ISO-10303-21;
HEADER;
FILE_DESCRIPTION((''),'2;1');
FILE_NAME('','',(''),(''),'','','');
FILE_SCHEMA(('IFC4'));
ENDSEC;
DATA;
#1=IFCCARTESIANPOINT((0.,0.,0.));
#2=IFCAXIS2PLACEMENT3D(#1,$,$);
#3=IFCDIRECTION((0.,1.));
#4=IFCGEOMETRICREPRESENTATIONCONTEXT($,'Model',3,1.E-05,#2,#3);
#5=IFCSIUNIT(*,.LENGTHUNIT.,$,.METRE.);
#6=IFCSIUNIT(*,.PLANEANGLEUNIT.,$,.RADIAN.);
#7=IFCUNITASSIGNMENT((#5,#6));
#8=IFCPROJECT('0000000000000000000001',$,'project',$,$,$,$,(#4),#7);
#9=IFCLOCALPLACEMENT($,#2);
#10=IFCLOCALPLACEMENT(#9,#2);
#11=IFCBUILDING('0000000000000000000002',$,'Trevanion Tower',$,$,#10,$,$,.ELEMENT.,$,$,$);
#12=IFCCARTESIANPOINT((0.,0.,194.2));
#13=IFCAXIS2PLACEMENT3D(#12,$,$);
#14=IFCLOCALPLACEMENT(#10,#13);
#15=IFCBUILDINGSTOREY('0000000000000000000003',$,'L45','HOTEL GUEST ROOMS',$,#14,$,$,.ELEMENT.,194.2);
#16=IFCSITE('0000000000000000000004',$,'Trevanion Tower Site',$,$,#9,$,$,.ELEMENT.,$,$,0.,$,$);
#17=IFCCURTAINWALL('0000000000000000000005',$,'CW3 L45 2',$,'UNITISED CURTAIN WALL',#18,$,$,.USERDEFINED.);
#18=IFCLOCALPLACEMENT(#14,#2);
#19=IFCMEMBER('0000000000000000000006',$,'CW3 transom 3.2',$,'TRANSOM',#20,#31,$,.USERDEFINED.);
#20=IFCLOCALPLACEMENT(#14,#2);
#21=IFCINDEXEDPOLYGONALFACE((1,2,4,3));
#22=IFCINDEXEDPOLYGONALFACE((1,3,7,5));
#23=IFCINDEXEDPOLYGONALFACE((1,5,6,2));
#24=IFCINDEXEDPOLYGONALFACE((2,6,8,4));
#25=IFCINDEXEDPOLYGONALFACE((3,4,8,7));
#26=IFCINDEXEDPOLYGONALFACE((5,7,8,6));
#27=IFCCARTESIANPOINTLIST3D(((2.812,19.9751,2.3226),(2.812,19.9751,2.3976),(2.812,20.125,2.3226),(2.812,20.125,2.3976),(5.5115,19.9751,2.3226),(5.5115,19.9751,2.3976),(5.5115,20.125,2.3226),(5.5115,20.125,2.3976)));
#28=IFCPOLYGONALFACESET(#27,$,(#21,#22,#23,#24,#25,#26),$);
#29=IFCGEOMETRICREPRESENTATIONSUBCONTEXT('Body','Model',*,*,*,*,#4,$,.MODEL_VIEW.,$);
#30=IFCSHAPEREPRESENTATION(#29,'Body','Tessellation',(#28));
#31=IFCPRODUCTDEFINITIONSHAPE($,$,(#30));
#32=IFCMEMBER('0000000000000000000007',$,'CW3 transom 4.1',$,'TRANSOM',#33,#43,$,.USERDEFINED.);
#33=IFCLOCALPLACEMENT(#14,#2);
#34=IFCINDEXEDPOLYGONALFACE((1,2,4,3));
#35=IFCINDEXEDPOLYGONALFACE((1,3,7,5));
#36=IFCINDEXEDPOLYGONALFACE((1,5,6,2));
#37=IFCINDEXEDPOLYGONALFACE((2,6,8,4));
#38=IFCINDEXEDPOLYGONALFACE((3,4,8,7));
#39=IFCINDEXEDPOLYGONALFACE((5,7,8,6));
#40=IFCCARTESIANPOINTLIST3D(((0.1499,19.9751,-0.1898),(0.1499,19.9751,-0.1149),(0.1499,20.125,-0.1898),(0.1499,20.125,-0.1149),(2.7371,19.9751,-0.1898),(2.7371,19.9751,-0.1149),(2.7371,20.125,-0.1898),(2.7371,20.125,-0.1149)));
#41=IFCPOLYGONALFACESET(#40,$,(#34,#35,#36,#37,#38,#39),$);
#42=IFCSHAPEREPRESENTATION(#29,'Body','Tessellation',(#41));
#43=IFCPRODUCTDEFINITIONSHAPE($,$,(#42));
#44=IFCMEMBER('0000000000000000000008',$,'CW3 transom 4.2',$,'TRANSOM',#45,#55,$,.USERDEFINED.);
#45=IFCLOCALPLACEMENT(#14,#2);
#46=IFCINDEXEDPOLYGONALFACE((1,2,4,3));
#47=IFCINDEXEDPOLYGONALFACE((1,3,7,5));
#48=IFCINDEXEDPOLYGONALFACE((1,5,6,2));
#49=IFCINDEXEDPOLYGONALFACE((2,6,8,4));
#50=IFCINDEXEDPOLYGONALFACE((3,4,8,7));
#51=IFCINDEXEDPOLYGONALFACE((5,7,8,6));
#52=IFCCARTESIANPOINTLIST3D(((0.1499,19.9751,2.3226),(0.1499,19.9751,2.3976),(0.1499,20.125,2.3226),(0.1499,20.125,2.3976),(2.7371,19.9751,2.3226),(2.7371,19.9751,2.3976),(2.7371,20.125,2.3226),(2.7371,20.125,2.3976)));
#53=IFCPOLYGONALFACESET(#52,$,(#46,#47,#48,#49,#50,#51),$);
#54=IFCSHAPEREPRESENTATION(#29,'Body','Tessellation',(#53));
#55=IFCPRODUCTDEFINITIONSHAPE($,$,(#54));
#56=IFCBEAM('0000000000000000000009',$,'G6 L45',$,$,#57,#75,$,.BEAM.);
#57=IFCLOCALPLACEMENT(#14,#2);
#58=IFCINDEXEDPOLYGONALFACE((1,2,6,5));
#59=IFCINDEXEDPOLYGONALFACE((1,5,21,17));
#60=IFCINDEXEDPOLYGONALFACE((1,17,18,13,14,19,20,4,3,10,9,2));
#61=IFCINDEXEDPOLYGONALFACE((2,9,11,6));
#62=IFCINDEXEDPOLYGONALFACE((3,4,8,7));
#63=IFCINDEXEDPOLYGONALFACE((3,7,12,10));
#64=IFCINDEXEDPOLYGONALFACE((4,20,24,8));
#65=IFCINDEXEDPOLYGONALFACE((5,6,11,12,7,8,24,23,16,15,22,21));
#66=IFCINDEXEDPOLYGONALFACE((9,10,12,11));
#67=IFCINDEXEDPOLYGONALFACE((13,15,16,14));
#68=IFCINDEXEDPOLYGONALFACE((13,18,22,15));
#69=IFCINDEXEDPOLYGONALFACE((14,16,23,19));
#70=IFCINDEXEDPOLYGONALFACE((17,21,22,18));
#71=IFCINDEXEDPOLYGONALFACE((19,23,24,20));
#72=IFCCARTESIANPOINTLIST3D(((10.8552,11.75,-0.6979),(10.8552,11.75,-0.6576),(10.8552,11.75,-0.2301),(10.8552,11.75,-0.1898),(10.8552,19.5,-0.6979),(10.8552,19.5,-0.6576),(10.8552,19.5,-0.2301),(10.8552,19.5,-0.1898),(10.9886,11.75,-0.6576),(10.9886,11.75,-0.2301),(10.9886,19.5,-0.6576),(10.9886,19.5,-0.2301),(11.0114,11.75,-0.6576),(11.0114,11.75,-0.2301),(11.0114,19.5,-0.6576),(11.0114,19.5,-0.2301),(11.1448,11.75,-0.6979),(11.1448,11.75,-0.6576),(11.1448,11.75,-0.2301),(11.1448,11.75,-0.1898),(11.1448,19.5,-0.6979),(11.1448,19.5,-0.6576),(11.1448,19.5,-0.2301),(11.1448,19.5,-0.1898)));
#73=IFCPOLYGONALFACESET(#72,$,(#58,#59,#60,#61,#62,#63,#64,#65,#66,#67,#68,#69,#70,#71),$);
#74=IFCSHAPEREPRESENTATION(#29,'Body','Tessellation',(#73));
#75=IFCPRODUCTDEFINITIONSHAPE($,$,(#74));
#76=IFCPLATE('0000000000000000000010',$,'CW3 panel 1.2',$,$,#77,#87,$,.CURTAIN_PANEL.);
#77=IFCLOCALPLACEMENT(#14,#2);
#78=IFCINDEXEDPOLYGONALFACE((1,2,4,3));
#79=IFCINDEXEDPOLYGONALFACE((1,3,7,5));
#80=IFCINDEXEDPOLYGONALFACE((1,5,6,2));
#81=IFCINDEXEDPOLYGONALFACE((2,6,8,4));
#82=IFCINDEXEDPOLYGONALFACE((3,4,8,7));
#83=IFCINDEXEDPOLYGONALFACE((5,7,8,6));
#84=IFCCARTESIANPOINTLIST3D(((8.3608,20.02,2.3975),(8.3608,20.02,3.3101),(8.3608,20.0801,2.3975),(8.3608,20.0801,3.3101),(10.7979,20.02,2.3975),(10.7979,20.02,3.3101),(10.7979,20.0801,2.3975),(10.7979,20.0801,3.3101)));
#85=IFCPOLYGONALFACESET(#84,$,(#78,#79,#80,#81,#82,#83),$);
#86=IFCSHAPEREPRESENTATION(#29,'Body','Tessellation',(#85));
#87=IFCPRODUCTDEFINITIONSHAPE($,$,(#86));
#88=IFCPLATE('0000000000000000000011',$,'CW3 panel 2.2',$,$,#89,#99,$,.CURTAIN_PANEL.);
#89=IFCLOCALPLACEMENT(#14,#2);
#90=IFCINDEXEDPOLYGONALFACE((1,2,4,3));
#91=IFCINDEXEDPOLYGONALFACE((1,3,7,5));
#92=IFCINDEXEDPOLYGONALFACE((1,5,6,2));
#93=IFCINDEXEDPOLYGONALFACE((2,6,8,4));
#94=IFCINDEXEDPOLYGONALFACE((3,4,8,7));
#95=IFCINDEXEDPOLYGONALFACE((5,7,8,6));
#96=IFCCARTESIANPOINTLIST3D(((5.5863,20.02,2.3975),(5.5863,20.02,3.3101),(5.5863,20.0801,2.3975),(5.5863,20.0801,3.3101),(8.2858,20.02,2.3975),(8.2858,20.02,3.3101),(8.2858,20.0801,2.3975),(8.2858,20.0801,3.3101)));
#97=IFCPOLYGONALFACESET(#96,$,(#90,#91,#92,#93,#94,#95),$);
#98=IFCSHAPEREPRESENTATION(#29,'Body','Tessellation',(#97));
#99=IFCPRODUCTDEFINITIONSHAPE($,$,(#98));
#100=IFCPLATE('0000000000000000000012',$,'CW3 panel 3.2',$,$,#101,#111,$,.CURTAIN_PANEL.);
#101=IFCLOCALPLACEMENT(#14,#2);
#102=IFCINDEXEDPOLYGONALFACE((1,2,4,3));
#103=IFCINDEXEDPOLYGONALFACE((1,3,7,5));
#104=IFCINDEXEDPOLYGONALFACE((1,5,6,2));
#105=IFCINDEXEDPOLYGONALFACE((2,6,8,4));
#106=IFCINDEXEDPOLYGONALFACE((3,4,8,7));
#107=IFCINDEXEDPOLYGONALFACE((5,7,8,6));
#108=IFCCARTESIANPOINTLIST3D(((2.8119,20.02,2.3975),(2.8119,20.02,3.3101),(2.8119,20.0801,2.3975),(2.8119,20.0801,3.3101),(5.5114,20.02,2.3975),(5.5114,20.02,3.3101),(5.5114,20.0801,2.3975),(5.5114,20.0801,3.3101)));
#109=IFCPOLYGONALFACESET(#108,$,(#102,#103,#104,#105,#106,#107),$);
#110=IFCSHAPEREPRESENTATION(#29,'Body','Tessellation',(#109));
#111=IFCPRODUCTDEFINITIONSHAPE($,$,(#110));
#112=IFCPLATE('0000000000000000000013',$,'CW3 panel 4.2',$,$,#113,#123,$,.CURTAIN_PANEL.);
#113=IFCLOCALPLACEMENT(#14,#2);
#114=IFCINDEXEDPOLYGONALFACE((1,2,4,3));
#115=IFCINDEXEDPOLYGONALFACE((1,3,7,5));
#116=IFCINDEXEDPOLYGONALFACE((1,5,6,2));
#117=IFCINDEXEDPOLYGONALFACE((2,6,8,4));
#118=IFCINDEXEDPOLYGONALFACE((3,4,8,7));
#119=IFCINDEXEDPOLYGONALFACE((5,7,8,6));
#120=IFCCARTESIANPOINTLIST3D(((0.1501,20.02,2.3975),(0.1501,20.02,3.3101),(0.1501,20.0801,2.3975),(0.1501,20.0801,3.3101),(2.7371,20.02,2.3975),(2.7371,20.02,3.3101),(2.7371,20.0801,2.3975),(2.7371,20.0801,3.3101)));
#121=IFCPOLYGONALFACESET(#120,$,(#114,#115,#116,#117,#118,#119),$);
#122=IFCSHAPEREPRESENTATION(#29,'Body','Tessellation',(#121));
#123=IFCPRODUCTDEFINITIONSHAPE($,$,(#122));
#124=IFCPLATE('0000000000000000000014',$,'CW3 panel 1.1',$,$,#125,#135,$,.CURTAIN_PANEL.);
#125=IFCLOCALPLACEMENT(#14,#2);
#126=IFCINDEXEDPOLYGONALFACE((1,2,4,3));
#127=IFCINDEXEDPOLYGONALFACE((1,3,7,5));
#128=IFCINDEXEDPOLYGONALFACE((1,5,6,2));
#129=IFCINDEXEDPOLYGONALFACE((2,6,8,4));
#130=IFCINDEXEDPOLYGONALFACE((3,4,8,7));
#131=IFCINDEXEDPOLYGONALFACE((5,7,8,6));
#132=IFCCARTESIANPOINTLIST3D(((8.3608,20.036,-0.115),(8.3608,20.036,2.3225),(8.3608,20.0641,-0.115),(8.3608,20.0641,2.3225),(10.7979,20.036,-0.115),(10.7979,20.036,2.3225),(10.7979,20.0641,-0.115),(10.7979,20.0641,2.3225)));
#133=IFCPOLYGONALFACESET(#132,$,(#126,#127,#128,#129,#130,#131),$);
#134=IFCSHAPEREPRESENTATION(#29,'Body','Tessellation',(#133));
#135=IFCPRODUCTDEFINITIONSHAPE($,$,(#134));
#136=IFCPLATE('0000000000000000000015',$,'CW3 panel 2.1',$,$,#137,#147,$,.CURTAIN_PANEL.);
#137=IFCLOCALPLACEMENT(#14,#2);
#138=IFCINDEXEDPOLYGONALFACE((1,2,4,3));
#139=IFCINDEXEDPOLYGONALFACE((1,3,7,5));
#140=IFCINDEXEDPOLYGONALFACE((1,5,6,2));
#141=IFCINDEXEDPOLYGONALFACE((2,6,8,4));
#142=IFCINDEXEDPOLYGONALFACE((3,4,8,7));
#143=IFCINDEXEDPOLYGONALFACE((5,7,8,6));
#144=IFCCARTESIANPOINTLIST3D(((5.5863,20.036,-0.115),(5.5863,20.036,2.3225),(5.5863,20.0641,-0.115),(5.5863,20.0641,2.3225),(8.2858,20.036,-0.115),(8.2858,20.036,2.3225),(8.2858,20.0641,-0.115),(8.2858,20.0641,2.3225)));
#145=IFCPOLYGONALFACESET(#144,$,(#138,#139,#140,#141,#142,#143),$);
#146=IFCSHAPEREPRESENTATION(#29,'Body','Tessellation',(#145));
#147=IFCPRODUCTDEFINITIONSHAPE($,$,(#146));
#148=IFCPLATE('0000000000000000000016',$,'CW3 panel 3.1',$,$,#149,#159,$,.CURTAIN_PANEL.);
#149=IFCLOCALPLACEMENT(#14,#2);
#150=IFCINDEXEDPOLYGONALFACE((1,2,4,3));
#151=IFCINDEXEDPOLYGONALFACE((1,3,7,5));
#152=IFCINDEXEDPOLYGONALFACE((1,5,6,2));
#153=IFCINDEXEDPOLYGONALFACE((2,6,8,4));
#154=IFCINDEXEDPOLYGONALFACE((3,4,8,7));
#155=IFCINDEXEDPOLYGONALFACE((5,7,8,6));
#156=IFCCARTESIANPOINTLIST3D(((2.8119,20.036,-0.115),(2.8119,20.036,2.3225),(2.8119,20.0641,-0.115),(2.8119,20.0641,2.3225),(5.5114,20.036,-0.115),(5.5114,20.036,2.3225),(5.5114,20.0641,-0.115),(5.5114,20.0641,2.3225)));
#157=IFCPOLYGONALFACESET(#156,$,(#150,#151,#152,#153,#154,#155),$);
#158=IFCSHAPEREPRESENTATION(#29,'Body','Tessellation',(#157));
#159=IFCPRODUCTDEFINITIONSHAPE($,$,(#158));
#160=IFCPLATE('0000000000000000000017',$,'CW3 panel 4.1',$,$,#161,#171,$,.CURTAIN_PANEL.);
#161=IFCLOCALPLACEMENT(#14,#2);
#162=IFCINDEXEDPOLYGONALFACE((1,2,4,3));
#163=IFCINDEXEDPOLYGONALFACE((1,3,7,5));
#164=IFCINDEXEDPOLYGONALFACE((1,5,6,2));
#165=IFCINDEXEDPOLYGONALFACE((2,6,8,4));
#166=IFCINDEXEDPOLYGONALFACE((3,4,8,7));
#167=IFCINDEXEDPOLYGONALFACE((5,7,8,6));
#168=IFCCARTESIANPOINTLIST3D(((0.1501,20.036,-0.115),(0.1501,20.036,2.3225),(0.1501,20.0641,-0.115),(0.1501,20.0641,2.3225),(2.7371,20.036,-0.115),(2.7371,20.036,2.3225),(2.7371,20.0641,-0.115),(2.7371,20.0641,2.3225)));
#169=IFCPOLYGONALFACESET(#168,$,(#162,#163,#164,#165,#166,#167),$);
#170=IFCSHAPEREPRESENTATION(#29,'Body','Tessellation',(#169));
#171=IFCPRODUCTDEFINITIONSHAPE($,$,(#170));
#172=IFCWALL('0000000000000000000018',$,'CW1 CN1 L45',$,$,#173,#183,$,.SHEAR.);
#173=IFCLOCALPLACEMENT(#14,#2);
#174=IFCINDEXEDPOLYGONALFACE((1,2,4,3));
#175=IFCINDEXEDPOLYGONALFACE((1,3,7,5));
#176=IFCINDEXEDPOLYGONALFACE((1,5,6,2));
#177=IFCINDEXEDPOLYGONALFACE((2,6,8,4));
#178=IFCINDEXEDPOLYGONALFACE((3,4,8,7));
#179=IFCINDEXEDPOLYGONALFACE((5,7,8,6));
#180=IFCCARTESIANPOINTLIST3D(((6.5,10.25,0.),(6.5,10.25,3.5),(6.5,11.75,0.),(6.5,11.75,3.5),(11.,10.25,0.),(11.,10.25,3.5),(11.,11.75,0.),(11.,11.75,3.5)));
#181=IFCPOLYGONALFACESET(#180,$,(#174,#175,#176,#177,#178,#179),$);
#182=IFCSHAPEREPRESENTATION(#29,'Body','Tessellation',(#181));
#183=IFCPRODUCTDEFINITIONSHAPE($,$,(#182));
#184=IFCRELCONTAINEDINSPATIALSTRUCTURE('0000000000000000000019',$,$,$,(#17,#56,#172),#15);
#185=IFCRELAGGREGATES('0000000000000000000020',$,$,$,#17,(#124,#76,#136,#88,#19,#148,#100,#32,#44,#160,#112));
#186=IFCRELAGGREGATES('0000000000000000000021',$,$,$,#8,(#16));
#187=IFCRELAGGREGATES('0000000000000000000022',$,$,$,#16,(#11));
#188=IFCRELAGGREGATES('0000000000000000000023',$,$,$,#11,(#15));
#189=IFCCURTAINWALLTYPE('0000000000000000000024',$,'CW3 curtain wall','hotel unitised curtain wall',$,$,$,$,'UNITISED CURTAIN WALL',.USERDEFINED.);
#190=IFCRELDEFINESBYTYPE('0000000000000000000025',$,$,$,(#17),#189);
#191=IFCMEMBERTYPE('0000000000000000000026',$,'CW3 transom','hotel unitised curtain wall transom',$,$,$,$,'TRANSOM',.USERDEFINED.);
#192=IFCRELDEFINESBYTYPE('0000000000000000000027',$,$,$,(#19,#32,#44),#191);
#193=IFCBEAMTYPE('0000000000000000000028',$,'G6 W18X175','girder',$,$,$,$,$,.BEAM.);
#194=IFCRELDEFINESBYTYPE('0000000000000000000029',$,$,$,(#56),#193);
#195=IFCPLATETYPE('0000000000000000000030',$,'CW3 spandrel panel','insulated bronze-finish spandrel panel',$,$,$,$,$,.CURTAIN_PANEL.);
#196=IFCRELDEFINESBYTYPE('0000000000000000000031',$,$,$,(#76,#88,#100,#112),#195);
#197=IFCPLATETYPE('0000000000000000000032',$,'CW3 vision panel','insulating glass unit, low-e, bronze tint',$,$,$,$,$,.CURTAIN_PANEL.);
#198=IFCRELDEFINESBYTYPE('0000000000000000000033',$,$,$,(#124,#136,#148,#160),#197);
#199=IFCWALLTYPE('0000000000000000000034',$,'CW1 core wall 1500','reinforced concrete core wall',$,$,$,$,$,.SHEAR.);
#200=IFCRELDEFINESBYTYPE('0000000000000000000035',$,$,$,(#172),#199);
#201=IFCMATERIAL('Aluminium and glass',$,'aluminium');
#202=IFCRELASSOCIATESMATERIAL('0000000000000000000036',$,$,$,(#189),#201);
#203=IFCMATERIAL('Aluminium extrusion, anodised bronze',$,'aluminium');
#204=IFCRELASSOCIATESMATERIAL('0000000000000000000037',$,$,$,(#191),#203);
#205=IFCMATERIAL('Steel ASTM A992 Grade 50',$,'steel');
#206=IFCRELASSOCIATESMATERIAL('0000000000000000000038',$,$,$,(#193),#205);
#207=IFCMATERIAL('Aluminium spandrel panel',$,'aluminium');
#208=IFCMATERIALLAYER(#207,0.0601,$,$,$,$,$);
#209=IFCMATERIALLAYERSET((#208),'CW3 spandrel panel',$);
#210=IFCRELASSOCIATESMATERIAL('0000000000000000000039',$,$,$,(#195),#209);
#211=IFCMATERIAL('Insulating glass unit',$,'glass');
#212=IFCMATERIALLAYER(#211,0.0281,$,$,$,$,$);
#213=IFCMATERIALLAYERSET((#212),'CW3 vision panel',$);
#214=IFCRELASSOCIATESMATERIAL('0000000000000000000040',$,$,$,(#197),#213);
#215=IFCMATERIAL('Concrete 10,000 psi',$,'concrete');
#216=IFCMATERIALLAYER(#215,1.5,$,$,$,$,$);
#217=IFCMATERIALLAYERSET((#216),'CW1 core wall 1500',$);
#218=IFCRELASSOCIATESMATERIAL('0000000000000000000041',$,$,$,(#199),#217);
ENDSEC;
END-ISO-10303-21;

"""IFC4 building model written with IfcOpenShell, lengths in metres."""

from ifc_helpers import new_model, si_unit, direction, frame, frame_2d, origin, origin_2d, place, context, subcontext, project, spatial, rectangle, i_section, extrude, material, layer, layer_set, material_profile, profile_set, type_object, element, aggregate, save


model = new_model("IFC4")

# Units and contexts
model_context = context("Model", 3, precision=1e-05, world=origin(), true_north=direction((0.0, 1.0)))
body_context = subcontext(model_context, "Body", "Model", "MODEL_VIEW")
ifc_project = project(units=[si_unit("LENGTHUNIT", "METRE"), si_unit("PLANEANGLEUNIT", "RADIAN")], contexts=[model_context])

# Site, building, storey
site_placement = place(None, origin())
site = spatial("IfcSite", under=ifc_project, at=site_placement, Name="Trevanion Tower Site", CompositionType="ELEMENT", RefElevation=0.0)
building_placement = place(site_placement, origin())
building = spatial("IfcBuilding", under=site, at=building_placement, Name="Trevanion Tower", CompositionType="ELEMENT")
storey_placement = place(building_placement, frame((0.0, 0.0, 194.2)))
storey = spatial("IfcBuildingStorey", under=building, at=storey_placement, Name="L45", Description="HOTEL GUEST ROOMS", CompositionType="ELEMENT", Elevation=194.2)

# Curtain wall, members
ifc_material_1 = material(Name="Aluminium and glass", Category="aluminium")
curtain_wall_type = type_object("IfcCurtainWallType", Name="CW3 curtain wall", Description="hotel unitised curtain wall", ElementType="UNITISED CURTAIN WALL", PredefinedType="USERDEFINED", material=ifc_material_1)
curtain_wall_placement = place(storey_placement, origin())
curtain_wall = element("IfcCurtainWall", 1, at=curtain_wall_placement, inside=storey, type_object=curtain_wall_type, Name="CW3 L45 2", ObjectType="UNITISED CURTAIN WALL", PredefinedType="USERDEFINED")
ifc_material_2 = material(Name="Aluminium extrusion, anodised bronze", Category="aluminium")
ifc_material_profile_1 = material_profile(ifc_material_2, rectangle(XDim=0.1499, YDim=0.075, at=origin_2d()), Name="CW3 transom")
ifc_profile_set_1 = profile_set([ifc_material_profile_1], Name="Aluminium extrusion, anodised bronze")
member_type_1 = type_object("IfcMemberType", Name="CW3 transom", Description="hotel unitised curtain wall transom", ElementType="TRANSOM", PredefinedType="USERDEFINED", material=ifc_profile_set_1)
member_1_placement = place(storey_placement, frame((5.5115, 20.05, 2.3601), z_axis=(-1.0, 0.0, 0.0), x_axis=(0.0, -1.0, 0.0)))
member_1 = element("IfcMember", 2, at=member_1_placement, type_object=member_type_1, Name="CW3 transom 3.2", ObjectType="TRANSOM", PredefinedType="USERDEFINED", context=body_context, shape_type="SweptSolid", body=[
    extrude(rectangle(XDim=0.1499, YDim=0.075, at=origin_2d()), origin(), (0.0, 0.0, 1.0), 2.6995),
])
member_2_placement = place(storey_placement, frame((2.7371, 20.05, -0.1523), z_axis=(-1.0, 0.0, 0.0), x_axis=(0.0, -1.0, 0.0)))
member_2 = element("IfcMember", 3, at=member_2_placement, type_object=member_type_1, Name="CW3 transom 4.1", ObjectType="TRANSOM", PredefinedType="USERDEFINED", context=body_context, shape_type="SweptSolid", body=[
    extrude(rectangle(XDim=0.1499, YDim=0.075, at=origin_2d()), origin(), (0.0, 0.0, 1.0), 2.5872),
])
member_3_placement = place(storey_placement, frame((2.7371, 20.05, 2.3601), z_axis=(-1.0, 0.0, 0.0), x_axis=(0.0, -1.0, 0.0)))
member_3 = element("IfcMember", 4, at=member_3_placement, type_object=member_type_1, Name="CW3 transom 4.2", ObjectType="TRANSOM", PredefinedType="USERDEFINED", context=body_context, shape_type="SweptSolid", body=[
    extrude(rectangle(XDim=0.1499, YDim=0.075, at=origin_2d()), origin(), (0.0, 0.0, 1.0), 2.5872),
])

# Beam
ifc_material_3 = material(Name="Steel ASTM A992 Grade 50", Category="steel")
ifc_material_profile_2 = material_profile(ifc_material_3, i_section(OverallWidth=0.2896, OverallDepth=0.5081, WebThickness=0.0227, FlangeThickness=0.0403, at=origin_2d()), Name="W18X175")
ifc_profile_set_2 = profile_set([ifc_material_profile_2], Name="Steel ASTM A992 Grade 50")
beam_type_1 = type_object("IfcBeamType", Name="G6 W18X175", Description="girder", PredefinedType="BEAM", material=ifc_profile_set_2)
beam_placement = place(storey_placement, frame((11.0, 11.75, -0.4438), z_axis=(0.0, 1.0, 0.0), x_axis=(-1.0, 0.0, 0.0)))
element("IfcBeam", 5, at=beam_placement, inside=storey, type_object=beam_type_1, Name="G6 L45", PredefinedType="BEAM", context=body_context, shape_type="SweptSolid", body=[
    extrude(i_section(OverallWidth=0.2896, OverallDepth=0.5081, WebThickness=0.0227, FlangeThickness=0.0403, at=origin_2d()), origin(), (0.0, 0.0, 1.0), 7.75),
])

# Plates
ifc_material_4 = material(Name="Aluminium spandrel panel", Category="aluminium")
ifc_layer_1 = layer(ifc_material_4, 0.0601)
ifc_layer_set_1 = layer_set([ifc_layer_1], Name="CW3 spandrel panel")
plate_type_1 = type_object("IfcPlateType", Name="CW3 spandrel panel", Description="insulated bronze-finish spandrel panel", PredefinedType="CURTAIN_PANEL", material=ifc_layer_set_1)
plate_1_placement = place(storey_placement, frame((9.5793, 20.05, 2.3975), z_axis=(0.0, 0.0, 1.0), x_axis=(-1.0, 0.0, 0.0)))
plate_1 = element("IfcPlate", 6, at=plate_1_placement, type_object=plate_type_1, Name="CW3 panel 1.2", PredefinedType="CURTAIN_PANEL", context=body_context, shape_type="SweptSolid", body=[
    extrude(rectangle(XDim=2.437, YDim=0.0601, at=origin_2d()), origin(), (0.0, 0.0, 1.0), 0.9126),
])
plate_2_placement = place(storey_placement, frame((6.936, 20.05, 2.3975), z_axis=(0.0, 0.0, 1.0), x_axis=(-1.0, 0.0, 0.0)))
plate_2 = element("IfcPlate", 7, at=plate_2_placement, type_object=plate_type_1, Name="CW3 panel 2.2", PredefinedType="CURTAIN_PANEL", context=body_context, shape_type="SweptSolid", body=[
    extrude(rectangle(XDim=2.6995, YDim=0.0601, at=origin_2d()), origin(), (0.0, 0.0, 1.0), 0.9126),
])
plate_3_placement = place(storey_placement, frame((4.1616, 20.05, 2.3975), z_axis=(0.0, 0.0, 1.0), x_axis=(-1.0, 0.0, 0.0)))
plate_3 = element("IfcPlate", 8, at=plate_3_placement, type_object=plate_type_1, Name="CW3 panel 3.2", PredefinedType="CURTAIN_PANEL", context=body_context, shape_type="SweptSolid", body=[
    extrude(rectangle(XDim=2.6995, YDim=0.0601, at=origin_2d()), origin(), (0.0, 0.0, 1.0), 0.9126),
])
plate_4_placement = place(storey_placement, frame((1.4436, 20.05, 2.3975), z_axis=(0.0, 0.0, 1.0), x_axis=(-1.0, 0.0, 0.0)))
plate_4 = element("IfcPlate", 9, at=plate_4_placement, type_object=plate_type_1, Name="CW3 panel 4.2", PredefinedType="CURTAIN_PANEL", context=body_context, shape_type="SweptSolid", body=[
    extrude(rectangle(XDim=2.5869, YDim=0.0601, at=origin_2d()), origin(), (0.0, 0.0, 1.0), 0.9126),
])
ifc_material_5 = material(Name="Insulating glass unit", Category="glass")
ifc_layer_2 = layer(ifc_material_5, 0.0281)
ifc_layer_set_2 = layer_set([ifc_layer_2], Name="CW3 vision panel")
plate_type_2 = type_object("IfcPlateType", Name="CW3 vision panel", Description="insulating glass unit, low-e, bronze tint", PredefinedType="CURTAIN_PANEL", material=ifc_layer_set_2)
plate_5_placement = place(storey_placement, frame((9.5793, 20.05, -0.115), z_axis=(0.0, 0.0, 1.0), x_axis=(-1.0, 0.0, 0.0)))
plate_5 = element("IfcPlate", 10, at=plate_5_placement, type_object=plate_type_2, Name="CW3 panel 1.1", PredefinedType="CURTAIN_PANEL", context=body_context, shape_type="SweptSolid", body=[
    extrude(rectangle(XDim=2.437, YDim=0.0281, at=origin_2d()), origin(), (0.0, 0.0, 1.0), 2.4375),
])
plate_6_placement = place(storey_placement, frame((6.936, 20.05, -0.115), z_axis=(0.0, 0.0, 1.0), x_axis=(-1.0, 0.0, 0.0)))
plate_6 = element("IfcPlate", 11, at=plate_6_placement, type_object=plate_type_2, Name="CW3 panel 2.1", PredefinedType="CURTAIN_PANEL", context=body_context, shape_type="SweptSolid", body=[
    extrude(rectangle(XDim=2.6995, YDim=0.0281, at=origin_2d()), origin(), (0.0, 0.0, 1.0), 2.4375),
])
plate_7_placement = place(storey_placement, frame((4.1616, 20.05, -0.115), z_axis=(0.0, 0.0, 1.0), x_axis=(-1.0, 0.0, 0.0)))
plate_7 = element("IfcPlate", 12, at=plate_7_placement, type_object=plate_type_2, Name="CW3 panel 3.1", PredefinedType="CURTAIN_PANEL", context=body_context, shape_type="SweptSolid", body=[
    extrude(rectangle(XDim=2.6995, YDim=0.0281, at=origin_2d()), origin(), (0.0, 0.0, 1.0), 2.4375),
])
plate_8_placement = place(storey_placement, frame((1.4436, 20.05, -0.115), z_axis=(0.0, 0.0, 1.0), x_axis=(-1.0, 0.0, 0.0)))
plate_8 = element("IfcPlate", 13, at=plate_8_placement, type_object=plate_type_2, Name="CW3 panel 4.1", PredefinedType="CURTAIN_PANEL", context=body_context, shape_type="SweptSolid", body=[
    extrude(rectangle(XDim=2.5869, YDim=0.0281, at=origin_2d()), origin(), (0.0, 0.0, 1.0), 2.4375),
])
aggregate(curtain_wall, [plate_5, plate_1, plate_6, plate_2, member_1, plate_7, plate_3, member_2, member_3, plate_8, plate_4])

# Wall
ifc_material_6 = material(Name="Concrete 10,000 psi", Category="concrete")
ifc_layer_3 = layer(ifc_material_6, 1.5)
ifc_layer_set_3 = layer_set([ifc_layer_3], Name="CW1 core wall 1500")
wall_type_1 = type_object("IfcWallType", Name="CW1 core wall 1500", Description="reinforced concrete core wall", PredefinedType="SHEAR", material=ifc_layer_set_3)
wall_1_placement = place(storey_placement, frame((11.0, 11.0, 0.0), z_axis=(0.0, 0.0, 1.0), x_axis=(-1.0, 0.0, 0.0)))
element("IfcWall", 14, at=wall_1_placement, inside=storey, type_object=wall_type_1, Name="CW1 CN1 L45", PredefinedType="SHEAR", context=body_context, shape_type="SweptSolid", body=[
    extrude(rectangle(XDim=4.5, YDim=1.5, at=frame_2d((2.25, 0.0))), origin(), (0.0, 0.0, 1.0), 3.5),
])

save(model, "model.ifc")
